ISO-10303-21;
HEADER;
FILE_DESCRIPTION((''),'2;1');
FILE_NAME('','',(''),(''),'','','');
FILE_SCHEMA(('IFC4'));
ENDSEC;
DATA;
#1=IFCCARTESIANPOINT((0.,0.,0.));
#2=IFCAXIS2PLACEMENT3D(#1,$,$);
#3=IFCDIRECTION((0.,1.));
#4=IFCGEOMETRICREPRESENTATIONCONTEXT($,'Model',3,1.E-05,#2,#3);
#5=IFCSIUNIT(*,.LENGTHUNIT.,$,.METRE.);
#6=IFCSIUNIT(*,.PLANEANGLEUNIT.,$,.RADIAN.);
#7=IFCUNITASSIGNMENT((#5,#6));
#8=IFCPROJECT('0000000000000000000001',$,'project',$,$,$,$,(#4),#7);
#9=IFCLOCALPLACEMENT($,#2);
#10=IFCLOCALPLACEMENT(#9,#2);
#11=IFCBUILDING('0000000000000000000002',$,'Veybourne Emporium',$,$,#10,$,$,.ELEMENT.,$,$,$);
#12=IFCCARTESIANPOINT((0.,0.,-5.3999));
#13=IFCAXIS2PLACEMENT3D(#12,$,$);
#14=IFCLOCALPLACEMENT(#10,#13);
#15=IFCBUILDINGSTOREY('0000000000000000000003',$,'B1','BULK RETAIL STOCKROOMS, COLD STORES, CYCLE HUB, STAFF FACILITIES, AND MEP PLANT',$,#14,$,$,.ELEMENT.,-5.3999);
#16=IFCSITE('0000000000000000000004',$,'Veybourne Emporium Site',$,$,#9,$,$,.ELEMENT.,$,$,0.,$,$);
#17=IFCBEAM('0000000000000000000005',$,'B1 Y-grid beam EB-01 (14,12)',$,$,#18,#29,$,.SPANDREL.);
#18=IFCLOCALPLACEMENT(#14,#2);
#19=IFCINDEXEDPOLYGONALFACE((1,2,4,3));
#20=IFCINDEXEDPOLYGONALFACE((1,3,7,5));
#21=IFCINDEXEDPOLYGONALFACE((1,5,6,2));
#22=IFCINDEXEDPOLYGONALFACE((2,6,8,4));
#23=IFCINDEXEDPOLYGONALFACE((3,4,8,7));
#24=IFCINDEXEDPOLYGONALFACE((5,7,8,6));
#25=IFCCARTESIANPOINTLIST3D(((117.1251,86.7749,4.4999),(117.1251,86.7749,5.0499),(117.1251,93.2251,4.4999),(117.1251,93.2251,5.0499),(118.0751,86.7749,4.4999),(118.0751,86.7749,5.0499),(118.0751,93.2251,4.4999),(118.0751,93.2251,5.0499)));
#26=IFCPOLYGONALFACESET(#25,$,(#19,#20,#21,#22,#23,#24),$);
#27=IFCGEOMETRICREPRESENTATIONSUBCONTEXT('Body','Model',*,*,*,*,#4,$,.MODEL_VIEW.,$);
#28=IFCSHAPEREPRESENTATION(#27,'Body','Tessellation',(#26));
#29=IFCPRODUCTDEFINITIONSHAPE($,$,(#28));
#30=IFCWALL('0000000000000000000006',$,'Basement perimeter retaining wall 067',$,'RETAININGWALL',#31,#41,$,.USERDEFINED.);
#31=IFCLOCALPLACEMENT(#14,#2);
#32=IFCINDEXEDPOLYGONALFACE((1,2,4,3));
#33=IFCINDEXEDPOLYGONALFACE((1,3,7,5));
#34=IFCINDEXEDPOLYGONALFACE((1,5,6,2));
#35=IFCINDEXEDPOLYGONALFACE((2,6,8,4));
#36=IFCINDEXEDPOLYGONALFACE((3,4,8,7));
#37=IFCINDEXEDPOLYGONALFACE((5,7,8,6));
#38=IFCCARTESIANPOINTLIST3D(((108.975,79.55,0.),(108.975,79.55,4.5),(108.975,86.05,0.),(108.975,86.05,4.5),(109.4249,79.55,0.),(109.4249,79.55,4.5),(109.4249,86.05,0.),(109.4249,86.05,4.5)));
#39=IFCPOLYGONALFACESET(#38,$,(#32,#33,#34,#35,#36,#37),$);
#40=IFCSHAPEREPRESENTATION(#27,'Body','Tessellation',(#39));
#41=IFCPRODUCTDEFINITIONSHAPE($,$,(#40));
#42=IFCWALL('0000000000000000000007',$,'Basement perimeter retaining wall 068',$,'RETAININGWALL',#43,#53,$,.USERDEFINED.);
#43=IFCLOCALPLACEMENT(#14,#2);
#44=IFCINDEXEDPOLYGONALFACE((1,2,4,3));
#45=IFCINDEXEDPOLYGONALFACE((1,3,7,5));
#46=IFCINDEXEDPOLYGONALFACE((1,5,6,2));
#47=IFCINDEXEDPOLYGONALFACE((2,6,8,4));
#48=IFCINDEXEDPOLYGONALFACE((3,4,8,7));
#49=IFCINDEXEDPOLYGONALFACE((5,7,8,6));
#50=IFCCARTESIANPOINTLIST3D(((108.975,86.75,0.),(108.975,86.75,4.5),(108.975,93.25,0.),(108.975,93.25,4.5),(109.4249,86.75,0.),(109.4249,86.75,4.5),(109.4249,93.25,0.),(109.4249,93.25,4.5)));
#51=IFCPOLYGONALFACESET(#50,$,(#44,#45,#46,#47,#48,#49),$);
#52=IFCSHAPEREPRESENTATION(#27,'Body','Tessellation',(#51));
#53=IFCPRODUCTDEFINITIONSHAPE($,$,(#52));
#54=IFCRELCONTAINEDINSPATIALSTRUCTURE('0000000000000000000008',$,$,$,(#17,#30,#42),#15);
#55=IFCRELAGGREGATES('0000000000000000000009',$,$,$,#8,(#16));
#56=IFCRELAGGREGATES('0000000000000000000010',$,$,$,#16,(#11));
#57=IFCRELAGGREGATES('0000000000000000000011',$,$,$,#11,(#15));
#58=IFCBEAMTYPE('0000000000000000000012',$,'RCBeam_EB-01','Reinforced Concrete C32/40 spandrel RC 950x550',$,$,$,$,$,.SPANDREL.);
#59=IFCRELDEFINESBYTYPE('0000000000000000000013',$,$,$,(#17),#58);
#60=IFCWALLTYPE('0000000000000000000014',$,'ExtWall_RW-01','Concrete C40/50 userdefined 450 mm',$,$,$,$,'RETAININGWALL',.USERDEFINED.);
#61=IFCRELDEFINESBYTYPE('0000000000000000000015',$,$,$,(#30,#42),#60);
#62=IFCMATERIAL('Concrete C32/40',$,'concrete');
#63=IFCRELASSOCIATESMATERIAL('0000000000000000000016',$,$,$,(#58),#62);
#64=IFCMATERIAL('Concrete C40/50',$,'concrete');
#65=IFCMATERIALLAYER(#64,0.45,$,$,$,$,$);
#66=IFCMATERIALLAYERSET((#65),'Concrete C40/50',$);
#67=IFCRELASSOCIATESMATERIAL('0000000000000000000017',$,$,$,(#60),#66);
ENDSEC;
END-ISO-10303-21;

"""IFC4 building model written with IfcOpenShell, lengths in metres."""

from ifc_helpers import new_model, si_unit, direction, frame, frame_2d, origin, origin_2d, place, context, subcontext, project, spatial, rectangle, extrude, material, layer, layer_set, material_profile, profile_set, type_object, element, save


model = new_model("IFC4")

# Units and contexts
model_context = context("Model", 3, precision=1e-05, world=origin(), true_north=direction((0.0, 1.0)))
body_context = subcontext(model_context, "Body", "Model", "MODEL_VIEW")
ifc_project = project(units=[si_unit("LENGTHUNIT", "METRE"), si_unit("PLANEANGLEUNIT", "RADIAN")], contexts=[model_context])

# Site, building, storey
site_placement = place(None, origin())
site = spatial("IfcSite", under=ifc_project, at=site_placement, Name="Veybourne Emporium Site", CompositionType="ELEMENT", RefElevation=0.0)
building_placement = place(site_placement, origin())
building = spatial("IfcBuilding", under=site, at=building_placement, Name="Veybourne Emporium", CompositionType="ELEMENT")
storey_placement = place(building_placement, frame((0.0, 0.0, -5.3999)))
storey = spatial("IfcBuildingStorey", under=building, at=storey_placement, Name="B1", Description="BULK RETAIL STOCKROOMS, COLD STORES, CYCLE HUB, STAFF FACILITIES, AND MEP PLANT", CompositionType="ELEMENT", Elevation=-5.3999)

# Shared definitions
ifc_material_1 = material(Name="Concrete C40/50", Category="concrete")

# Beam
ifc_material_2 = material(Name="Concrete C32/40", Category="concrete")
ifc_material_profile_1 = material_profile(ifc_material_2, rectangle(XDim=0.95, YDim=0.55, at=origin_2d()), Name="RC 950x550")
ifc_profile_set_1 = profile_set([ifc_material_profile_1], Name="Concrete C32/40")
beam_type_1 = type_object("IfcBeamType", Name="RCBeam_EB-01", Description="Reinforced Concrete C32/40 spandrel RC 950x550", PredefinedType="SPANDREL", material=ifc_profile_set_1)
beam_1_placement = place(storey_placement, frame((117.6001, 86.7749, 4.7749), z_axis=(0.0, 1.0, 0.0), x_axis=(-1.0, 0.0, 0.0)))
element("IfcBeam", 1, at=beam_1_placement, inside=storey, type_object=beam_type_1, Name="B1 Y-grid beam EB-01 (14,12)", PredefinedType="SPANDREL", context=body_context, shape_type="SweptSolid", body=[
    extrude(rectangle(XDim=0.95, YDim=0.55, at=origin_2d()), origin(), (0.0, 0.0, 1.0), 6.4502),
])

# Walls
ifc_layer = layer(ifc_material_1, 0.45)
ifc_layer_set = layer_set([ifc_layer], Name="Concrete C40/50")
wall_type = type_object("IfcWallType", Name="ExtWall_RW-01", Description="Concrete C40/50 userdefined 450 mm", ElementType="RETAININGWALL", PredefinedType="USERDEFINED", material=ifc_layer_set)
for number, where, z_axis, x_axis, name in (
    (2, (109.2, 86.05, 0.0), (0.0, 0.0, 1.0), (0.0, -1.0, 0.0), "Basement perimeter retaining wall 067"),
    (3, (109.2, 93.25, 0.0), (0.0, 0.0, 1.0), (0.0, -1.0, 0.0), "Basement perimeter retaining wall 068"),
):
    element("IfcWall", number, at=place(storey_placement, frame(where, z_axis=z_axis, x_axis=x_axis)), inside=storey, type_object=wall_type, Name=name, ObjectType="RETAININGWALL", PredefinedType="USERDEFINED", context=body_context, shape_type="SweptSolid", body=[
        extrude(rectangle(XDim=6.5, YDim=0.45, at=frame_2d((3.25, 0.0))), origin(), (0.0, 0.0, 1.0), 4.5),
    ])

save(model, "model.ifc")
